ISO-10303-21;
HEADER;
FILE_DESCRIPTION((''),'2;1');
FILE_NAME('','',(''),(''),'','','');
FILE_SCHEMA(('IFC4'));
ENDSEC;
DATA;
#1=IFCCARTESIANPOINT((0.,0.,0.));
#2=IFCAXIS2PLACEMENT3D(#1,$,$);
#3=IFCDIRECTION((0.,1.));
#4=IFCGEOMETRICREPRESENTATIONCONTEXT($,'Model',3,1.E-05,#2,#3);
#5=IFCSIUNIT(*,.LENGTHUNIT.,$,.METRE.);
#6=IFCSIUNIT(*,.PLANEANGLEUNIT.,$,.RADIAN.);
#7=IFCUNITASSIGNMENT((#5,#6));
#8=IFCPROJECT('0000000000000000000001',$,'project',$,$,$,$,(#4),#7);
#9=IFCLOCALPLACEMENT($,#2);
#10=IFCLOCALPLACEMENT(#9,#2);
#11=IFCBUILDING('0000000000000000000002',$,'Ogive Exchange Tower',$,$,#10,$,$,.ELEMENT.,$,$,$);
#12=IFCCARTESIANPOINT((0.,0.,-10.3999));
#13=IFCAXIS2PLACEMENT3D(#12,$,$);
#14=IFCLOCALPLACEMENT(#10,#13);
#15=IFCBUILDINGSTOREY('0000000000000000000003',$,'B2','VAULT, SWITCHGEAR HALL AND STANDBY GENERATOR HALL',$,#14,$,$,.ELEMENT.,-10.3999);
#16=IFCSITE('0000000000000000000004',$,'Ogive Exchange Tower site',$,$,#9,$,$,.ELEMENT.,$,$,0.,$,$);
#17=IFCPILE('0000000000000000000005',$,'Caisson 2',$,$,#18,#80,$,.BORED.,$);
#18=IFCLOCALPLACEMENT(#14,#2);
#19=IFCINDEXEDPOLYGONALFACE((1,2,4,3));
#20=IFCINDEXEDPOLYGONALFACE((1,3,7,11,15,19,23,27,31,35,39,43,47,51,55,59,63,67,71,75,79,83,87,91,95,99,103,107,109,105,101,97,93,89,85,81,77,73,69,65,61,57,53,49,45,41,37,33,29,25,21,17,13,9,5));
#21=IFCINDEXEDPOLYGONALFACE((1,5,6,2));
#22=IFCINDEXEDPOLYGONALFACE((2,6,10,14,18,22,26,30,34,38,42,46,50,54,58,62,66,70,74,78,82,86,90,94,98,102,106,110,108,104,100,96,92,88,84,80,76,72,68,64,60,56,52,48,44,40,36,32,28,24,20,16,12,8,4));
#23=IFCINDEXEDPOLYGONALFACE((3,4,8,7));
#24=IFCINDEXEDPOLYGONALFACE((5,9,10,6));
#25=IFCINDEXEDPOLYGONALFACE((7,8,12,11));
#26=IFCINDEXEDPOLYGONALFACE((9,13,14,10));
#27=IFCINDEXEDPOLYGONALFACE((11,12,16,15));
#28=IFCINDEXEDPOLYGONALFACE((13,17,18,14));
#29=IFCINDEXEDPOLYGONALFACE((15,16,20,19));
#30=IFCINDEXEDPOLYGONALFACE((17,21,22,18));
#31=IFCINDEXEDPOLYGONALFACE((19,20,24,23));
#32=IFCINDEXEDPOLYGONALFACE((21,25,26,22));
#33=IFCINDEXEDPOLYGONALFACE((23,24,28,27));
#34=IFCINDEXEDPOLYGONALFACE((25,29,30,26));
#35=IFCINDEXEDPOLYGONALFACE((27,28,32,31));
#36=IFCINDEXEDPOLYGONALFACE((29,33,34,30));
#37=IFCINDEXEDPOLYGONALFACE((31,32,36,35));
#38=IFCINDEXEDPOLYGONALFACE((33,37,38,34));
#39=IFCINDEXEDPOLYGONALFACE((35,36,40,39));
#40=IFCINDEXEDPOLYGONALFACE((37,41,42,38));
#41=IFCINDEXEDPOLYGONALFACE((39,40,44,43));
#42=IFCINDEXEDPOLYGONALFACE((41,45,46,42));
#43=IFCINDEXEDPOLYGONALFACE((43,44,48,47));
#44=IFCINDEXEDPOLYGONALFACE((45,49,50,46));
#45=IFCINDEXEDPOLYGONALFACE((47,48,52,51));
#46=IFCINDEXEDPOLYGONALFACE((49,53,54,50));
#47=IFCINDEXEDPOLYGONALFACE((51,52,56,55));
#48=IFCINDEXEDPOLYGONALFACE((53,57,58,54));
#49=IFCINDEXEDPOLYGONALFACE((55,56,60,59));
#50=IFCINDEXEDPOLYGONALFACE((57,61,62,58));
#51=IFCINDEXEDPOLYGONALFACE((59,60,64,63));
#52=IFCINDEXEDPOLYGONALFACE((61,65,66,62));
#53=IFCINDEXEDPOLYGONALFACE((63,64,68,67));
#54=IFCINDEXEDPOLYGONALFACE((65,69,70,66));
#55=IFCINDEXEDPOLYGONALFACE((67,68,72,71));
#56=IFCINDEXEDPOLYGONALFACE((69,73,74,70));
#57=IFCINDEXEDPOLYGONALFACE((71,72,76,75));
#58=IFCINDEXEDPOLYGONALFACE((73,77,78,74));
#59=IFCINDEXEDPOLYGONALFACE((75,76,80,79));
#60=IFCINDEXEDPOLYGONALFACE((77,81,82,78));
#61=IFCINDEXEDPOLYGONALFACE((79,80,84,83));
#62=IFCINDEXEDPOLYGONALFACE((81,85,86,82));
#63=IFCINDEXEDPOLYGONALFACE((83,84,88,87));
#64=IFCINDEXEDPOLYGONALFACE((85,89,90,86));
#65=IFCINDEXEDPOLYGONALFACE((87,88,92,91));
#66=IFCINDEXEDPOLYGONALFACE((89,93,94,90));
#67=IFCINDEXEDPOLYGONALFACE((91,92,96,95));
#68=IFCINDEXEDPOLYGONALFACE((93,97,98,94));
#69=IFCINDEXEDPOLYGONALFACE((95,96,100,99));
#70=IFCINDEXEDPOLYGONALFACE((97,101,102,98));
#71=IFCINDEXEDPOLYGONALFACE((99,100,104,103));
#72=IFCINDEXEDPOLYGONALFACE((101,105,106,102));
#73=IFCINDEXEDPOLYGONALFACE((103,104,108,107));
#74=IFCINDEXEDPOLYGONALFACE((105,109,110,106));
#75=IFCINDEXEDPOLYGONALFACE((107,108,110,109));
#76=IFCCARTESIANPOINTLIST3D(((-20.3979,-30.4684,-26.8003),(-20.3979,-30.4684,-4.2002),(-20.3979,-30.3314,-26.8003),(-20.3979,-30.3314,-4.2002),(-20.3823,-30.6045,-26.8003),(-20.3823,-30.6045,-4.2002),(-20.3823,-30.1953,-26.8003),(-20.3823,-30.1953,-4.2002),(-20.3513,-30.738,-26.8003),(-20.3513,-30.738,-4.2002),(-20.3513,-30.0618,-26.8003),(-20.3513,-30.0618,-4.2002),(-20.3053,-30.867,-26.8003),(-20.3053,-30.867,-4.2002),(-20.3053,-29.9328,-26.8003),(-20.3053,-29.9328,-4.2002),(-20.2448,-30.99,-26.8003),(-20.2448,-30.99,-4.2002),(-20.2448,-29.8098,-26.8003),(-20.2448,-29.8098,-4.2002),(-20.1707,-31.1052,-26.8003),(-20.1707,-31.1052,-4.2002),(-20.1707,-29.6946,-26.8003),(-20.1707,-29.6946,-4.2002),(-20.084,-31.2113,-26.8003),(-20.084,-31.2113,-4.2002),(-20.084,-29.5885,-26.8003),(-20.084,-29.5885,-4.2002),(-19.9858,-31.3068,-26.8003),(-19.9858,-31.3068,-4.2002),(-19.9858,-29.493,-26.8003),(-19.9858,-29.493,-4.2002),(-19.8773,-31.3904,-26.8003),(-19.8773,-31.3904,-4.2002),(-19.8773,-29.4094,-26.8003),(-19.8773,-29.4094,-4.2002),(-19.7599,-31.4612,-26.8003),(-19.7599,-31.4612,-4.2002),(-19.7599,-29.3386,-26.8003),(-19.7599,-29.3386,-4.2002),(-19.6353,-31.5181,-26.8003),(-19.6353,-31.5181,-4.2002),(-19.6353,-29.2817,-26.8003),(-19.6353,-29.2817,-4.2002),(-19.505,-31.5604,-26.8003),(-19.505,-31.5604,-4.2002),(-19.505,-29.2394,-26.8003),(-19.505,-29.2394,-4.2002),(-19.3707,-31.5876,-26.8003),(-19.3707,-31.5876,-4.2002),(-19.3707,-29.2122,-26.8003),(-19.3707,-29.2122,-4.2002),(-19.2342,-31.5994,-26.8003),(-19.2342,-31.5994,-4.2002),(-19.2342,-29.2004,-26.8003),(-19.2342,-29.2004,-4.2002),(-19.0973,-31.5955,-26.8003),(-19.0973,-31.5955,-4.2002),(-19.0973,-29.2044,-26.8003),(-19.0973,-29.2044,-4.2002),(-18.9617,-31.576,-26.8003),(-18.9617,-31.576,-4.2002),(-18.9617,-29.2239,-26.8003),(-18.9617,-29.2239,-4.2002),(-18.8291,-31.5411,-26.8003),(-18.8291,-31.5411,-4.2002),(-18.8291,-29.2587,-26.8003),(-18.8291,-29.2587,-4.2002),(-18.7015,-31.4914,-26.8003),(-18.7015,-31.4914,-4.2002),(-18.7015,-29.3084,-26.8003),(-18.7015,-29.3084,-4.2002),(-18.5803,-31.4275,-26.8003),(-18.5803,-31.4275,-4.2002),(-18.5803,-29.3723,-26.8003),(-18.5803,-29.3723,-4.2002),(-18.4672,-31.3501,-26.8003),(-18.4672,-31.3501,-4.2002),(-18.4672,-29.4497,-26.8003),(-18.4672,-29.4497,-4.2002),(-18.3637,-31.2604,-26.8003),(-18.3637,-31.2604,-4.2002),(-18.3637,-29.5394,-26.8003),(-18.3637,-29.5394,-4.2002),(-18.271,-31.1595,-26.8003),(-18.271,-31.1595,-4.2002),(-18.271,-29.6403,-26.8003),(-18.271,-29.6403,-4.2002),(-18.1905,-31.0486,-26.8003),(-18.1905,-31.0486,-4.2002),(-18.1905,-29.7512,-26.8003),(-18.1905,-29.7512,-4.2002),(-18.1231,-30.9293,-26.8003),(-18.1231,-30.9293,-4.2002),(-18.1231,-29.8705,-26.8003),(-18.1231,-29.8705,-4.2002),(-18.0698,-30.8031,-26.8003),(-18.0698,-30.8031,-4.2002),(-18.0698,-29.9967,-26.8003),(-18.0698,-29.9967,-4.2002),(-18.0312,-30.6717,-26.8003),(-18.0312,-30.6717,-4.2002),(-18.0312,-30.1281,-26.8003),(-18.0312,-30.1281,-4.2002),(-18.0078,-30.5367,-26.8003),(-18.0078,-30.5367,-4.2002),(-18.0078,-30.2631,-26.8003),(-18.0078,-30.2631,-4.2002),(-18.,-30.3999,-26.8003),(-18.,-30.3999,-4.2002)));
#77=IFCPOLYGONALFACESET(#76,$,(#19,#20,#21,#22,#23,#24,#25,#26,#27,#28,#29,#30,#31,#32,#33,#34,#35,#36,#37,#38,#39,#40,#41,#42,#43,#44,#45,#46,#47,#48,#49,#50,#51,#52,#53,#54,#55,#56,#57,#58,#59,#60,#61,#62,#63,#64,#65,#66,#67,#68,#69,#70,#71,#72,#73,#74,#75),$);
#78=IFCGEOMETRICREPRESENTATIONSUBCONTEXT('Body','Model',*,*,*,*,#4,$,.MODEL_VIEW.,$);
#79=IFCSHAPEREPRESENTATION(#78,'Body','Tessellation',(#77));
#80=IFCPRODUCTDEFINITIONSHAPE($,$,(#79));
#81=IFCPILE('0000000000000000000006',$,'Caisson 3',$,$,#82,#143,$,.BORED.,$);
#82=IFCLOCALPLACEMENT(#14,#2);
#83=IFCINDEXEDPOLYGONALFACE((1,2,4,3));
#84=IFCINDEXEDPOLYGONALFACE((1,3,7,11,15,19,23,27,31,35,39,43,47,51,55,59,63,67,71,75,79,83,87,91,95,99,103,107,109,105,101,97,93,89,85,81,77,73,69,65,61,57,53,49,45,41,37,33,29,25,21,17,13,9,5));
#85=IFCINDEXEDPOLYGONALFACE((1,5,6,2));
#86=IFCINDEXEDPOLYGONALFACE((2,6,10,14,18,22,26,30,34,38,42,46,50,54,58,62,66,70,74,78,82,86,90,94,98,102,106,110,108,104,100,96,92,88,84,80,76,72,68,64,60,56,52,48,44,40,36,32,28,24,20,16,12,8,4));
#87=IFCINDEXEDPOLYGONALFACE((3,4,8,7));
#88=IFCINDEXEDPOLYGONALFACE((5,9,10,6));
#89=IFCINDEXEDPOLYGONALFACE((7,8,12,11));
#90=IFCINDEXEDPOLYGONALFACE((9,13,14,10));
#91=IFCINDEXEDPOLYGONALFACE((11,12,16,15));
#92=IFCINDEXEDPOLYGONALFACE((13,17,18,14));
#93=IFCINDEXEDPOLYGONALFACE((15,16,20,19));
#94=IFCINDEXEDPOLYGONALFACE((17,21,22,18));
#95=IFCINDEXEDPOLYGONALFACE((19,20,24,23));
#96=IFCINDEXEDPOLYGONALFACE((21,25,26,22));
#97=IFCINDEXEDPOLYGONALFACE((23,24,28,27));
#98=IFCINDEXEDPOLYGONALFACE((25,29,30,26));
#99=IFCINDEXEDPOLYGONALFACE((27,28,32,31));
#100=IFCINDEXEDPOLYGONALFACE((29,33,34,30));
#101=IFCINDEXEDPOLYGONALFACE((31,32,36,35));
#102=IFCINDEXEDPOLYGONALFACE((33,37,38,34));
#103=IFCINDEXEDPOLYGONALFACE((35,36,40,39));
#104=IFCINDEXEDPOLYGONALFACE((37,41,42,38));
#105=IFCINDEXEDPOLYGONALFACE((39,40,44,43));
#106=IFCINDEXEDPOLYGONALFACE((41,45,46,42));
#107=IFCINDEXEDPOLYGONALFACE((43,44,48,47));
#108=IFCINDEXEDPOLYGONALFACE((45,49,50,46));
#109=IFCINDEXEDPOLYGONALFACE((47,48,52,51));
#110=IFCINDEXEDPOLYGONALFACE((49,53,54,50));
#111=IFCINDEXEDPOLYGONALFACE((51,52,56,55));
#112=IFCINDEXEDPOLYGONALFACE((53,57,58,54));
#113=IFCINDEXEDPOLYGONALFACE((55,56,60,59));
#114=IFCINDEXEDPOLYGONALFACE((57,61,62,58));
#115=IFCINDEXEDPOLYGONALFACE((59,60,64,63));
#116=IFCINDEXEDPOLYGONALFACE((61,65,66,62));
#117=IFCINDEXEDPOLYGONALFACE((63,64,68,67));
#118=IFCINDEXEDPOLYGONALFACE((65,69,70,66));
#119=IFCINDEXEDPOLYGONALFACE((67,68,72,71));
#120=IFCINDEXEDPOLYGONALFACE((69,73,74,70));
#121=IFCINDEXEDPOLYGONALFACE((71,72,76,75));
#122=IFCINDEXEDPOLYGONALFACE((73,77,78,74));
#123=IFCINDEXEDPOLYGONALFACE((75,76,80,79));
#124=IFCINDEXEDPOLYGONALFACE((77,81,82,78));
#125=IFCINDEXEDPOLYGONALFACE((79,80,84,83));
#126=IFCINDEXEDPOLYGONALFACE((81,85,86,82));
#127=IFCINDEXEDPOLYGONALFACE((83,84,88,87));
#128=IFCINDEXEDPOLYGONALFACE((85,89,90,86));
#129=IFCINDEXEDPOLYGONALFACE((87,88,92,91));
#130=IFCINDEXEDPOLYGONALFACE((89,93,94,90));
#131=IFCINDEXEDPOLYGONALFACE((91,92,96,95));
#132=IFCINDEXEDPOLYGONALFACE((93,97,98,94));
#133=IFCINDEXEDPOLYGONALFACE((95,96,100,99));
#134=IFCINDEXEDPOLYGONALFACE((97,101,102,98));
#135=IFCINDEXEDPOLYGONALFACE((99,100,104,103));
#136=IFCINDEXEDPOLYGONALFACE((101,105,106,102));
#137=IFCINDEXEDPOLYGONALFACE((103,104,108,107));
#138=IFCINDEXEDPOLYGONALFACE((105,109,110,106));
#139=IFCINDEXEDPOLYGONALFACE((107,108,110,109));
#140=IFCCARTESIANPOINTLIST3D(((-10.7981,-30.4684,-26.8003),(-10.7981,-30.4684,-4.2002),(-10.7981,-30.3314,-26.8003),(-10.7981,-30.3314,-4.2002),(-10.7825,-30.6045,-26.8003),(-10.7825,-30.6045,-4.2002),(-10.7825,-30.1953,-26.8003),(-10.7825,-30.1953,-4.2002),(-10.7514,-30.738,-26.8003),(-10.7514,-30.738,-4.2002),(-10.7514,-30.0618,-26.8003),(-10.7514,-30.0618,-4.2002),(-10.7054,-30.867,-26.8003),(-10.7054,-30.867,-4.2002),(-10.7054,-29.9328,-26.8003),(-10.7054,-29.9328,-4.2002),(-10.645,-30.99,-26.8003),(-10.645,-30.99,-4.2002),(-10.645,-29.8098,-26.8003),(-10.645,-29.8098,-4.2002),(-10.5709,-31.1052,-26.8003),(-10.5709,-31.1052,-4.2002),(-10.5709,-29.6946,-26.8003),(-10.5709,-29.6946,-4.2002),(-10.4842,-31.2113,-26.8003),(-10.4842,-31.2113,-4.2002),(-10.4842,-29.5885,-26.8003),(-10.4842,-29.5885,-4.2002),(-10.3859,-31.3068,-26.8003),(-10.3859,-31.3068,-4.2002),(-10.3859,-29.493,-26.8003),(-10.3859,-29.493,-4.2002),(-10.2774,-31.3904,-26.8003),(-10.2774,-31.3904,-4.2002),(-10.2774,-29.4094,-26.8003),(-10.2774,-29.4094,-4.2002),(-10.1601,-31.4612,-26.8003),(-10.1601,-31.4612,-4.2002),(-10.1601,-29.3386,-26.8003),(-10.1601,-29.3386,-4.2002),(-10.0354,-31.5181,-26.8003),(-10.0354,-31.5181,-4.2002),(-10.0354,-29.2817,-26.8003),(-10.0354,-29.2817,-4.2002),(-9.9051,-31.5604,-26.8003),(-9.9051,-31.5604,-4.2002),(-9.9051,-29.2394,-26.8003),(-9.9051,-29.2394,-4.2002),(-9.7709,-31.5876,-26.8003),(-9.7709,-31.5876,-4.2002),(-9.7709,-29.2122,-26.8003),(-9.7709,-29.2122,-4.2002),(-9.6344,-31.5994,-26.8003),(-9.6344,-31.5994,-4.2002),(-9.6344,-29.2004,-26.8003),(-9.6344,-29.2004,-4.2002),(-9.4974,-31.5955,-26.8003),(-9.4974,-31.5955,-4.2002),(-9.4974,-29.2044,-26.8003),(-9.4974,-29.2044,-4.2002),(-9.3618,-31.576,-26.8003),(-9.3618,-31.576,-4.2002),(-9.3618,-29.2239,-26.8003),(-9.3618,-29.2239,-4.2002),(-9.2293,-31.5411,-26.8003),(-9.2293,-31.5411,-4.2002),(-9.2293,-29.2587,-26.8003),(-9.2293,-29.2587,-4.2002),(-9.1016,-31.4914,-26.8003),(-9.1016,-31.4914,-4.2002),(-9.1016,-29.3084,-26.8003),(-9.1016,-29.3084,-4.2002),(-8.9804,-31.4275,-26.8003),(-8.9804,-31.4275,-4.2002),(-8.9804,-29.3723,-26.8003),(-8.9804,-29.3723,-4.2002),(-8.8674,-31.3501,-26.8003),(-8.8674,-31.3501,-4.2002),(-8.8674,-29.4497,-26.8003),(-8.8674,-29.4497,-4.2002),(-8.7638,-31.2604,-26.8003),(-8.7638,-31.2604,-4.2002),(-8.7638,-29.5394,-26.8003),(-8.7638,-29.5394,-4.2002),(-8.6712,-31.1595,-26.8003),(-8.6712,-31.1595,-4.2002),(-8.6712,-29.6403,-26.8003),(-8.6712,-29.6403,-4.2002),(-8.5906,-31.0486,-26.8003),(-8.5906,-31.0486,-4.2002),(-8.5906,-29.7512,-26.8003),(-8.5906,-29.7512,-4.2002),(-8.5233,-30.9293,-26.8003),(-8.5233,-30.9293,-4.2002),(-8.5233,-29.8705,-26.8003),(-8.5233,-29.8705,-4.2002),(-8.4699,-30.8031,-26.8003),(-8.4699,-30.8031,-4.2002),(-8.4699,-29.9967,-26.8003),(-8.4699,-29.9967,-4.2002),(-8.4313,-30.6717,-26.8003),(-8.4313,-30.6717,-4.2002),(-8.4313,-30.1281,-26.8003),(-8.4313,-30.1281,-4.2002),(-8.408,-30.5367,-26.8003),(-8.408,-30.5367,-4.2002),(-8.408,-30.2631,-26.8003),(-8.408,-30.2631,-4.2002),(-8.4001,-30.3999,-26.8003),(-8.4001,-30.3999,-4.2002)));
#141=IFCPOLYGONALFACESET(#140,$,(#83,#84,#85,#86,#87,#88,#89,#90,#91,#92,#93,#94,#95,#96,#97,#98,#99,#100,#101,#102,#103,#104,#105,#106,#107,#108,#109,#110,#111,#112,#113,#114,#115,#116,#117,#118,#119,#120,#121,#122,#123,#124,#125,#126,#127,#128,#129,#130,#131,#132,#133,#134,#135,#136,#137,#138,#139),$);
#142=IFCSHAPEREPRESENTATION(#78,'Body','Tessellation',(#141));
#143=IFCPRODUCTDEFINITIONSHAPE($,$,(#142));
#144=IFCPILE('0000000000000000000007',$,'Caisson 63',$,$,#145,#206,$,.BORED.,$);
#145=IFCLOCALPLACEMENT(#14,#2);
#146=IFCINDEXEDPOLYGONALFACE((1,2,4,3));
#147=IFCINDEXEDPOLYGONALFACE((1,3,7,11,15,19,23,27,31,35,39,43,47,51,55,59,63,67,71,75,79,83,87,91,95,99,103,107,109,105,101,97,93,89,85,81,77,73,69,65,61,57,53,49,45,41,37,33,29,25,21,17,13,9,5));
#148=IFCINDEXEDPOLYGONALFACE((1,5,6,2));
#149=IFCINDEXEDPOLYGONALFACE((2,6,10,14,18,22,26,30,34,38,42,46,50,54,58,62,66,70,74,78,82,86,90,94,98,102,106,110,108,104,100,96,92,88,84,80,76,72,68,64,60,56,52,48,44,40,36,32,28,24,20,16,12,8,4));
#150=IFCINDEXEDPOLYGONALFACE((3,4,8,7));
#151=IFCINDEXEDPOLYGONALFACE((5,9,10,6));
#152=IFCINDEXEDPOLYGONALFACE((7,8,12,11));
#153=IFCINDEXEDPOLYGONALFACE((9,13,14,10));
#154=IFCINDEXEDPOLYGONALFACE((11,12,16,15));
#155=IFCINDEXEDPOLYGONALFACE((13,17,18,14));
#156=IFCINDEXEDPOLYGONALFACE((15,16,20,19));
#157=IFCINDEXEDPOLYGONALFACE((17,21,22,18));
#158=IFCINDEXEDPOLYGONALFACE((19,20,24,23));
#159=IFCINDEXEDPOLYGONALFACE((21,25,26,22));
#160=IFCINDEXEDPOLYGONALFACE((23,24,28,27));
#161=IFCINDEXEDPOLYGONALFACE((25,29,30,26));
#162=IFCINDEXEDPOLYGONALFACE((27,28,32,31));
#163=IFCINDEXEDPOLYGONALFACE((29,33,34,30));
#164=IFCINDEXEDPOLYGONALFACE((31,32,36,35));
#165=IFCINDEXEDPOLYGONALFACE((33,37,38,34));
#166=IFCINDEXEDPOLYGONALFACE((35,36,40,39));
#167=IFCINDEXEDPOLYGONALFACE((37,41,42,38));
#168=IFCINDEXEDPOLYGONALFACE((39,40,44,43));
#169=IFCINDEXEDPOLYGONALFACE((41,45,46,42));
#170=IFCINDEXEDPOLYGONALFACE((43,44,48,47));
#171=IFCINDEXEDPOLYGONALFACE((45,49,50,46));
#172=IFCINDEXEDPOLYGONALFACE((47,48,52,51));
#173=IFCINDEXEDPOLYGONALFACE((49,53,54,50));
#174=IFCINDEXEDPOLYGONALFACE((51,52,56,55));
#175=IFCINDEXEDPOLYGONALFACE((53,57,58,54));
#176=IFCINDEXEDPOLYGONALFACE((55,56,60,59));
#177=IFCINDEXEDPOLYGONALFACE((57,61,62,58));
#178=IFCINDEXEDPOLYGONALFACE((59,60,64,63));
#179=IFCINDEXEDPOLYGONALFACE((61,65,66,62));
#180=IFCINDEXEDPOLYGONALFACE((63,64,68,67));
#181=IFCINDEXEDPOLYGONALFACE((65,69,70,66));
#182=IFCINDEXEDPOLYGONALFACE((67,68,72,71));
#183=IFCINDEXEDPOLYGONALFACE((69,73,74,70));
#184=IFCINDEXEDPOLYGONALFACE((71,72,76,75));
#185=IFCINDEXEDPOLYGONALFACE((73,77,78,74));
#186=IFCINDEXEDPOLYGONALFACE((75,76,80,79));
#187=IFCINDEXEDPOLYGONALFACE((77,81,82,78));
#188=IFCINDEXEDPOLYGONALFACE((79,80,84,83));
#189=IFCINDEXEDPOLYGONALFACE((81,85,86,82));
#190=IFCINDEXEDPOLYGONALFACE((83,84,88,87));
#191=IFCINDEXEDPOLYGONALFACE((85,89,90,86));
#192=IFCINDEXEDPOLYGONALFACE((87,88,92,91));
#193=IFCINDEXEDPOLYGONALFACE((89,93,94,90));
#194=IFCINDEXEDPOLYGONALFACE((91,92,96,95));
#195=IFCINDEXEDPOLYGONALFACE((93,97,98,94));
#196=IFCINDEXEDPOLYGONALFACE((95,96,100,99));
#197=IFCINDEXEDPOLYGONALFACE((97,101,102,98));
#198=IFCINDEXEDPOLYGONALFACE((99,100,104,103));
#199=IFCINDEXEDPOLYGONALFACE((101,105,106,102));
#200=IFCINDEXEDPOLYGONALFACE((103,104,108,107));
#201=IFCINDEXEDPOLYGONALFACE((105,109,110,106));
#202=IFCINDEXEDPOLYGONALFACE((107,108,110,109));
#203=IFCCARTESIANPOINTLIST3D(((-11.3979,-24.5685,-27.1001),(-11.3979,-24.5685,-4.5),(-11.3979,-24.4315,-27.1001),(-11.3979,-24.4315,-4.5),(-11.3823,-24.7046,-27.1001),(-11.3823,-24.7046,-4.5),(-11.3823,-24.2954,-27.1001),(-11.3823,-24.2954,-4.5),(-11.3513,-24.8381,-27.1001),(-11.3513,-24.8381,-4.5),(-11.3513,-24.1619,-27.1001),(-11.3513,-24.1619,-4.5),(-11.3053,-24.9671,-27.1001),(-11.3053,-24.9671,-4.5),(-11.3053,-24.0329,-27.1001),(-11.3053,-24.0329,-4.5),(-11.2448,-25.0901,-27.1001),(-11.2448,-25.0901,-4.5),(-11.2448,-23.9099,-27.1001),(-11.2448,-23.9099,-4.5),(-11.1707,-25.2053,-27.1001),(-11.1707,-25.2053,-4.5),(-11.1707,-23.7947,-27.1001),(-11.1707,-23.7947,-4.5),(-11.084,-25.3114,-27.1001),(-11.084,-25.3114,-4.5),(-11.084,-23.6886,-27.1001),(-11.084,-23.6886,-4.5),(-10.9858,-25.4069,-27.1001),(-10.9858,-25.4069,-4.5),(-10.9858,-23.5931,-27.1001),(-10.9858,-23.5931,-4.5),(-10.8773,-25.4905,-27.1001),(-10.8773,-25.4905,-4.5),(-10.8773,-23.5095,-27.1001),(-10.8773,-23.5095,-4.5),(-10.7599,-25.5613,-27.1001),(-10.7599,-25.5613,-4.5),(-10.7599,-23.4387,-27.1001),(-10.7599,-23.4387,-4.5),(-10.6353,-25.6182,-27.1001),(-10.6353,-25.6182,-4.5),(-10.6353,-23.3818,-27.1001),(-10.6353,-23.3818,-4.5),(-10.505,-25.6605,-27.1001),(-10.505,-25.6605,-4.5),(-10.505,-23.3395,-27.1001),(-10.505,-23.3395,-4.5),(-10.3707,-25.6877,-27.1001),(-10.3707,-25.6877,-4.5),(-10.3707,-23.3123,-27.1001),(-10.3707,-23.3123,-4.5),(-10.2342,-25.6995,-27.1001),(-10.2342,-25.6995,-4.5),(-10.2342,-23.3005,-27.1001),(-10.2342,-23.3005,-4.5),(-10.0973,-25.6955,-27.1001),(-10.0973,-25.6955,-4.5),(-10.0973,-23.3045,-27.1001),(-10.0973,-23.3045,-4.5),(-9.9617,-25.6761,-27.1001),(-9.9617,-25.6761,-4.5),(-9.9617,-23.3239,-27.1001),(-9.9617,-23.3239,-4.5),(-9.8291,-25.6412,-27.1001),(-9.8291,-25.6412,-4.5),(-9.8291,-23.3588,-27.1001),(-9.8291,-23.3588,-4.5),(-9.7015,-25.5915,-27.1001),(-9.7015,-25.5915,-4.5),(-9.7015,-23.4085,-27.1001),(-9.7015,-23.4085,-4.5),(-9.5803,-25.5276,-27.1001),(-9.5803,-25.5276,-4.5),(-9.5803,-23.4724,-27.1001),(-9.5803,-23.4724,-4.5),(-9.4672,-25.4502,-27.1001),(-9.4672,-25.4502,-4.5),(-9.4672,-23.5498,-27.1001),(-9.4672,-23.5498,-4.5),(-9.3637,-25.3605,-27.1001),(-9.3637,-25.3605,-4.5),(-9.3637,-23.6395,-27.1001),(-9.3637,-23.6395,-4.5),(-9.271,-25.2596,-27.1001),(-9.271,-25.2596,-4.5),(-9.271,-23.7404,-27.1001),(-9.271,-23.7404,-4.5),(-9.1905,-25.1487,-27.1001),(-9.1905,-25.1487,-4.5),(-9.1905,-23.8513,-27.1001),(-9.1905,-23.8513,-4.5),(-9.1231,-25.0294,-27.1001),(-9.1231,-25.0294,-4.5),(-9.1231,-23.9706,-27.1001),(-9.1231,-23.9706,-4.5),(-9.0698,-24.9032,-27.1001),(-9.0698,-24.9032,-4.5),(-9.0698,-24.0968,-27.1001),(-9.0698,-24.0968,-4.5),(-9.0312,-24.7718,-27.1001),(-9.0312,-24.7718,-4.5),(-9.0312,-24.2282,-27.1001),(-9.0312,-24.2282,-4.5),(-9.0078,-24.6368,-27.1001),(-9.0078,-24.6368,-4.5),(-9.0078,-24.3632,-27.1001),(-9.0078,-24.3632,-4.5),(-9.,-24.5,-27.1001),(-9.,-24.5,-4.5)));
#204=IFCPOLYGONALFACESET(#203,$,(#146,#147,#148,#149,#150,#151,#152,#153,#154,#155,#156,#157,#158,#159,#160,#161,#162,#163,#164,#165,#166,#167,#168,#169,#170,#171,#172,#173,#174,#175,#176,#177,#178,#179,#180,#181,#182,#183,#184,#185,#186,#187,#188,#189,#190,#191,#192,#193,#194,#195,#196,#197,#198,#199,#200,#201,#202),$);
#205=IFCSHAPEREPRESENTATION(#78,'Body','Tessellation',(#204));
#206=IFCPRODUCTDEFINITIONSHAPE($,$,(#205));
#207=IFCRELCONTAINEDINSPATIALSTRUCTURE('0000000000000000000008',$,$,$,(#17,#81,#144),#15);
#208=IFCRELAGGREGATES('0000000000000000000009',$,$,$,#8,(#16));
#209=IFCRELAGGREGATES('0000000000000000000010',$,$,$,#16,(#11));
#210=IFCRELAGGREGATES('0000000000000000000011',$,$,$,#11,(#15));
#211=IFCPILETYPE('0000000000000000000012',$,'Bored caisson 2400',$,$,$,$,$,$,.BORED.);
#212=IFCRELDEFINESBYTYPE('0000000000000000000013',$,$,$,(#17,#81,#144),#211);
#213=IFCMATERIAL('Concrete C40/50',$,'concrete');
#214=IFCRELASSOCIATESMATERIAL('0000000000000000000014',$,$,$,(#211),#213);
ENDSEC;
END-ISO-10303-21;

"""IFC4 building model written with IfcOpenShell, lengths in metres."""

from ifc_helpers import new_model, si_unit, direction, frame, origin, origin_2d, place, context, subcontext, project, spatial, circle, extrude, material, material_profile, profile_set, type_object, element, save


model = new_model("IFC4")

# Units and contexts
model_context = context("Model", 3, precision=1e-05, world=origin(), true_north=direction((0.0, 1.0)))
body_context = subcontext(model_context, "Body", "Model", "MODEL_VIEW")
ifc_project = project(units=[si_unit("LENGTHUNIT", "METRE"), si_unit("PLANEANGLEUNIT", "RADIAN")], contexts=[model_context])

# Site, building, storey
site_placement = place(None, origin())
site = spatial("IfcSite", under=ifc_project, at=site_placement, Name="Ogive Exchange Tower site", CompositionType="ELEMENT", RefElevation=0.0)
building_placement = place(site_placement, origin())
building = spatial("IfcBuilding", under=site, at=building_placement, Name="Ogive Exchange Tower", CompositionType="ELEMENT")
storey_placement = place(building_placement, frame((0.0, 0.0, -10.3999)))
storey = spatial("IfcBuildingStorey", under=building, at=storey_placement, Name="B2", Description="VAULT, SWITCHGEAR HALL AND STANDBY GENERATOR HALL", CompositionType="ELEMENT", Elevation=-10.3999)

# Piles
ifc_material_1 = material(Name="Concrete C40/50", Category="concrete")
ifc_material_profile_1 = material_profile(ifc_material_1, circle(Radius=1.2, at=origin_2d()), Name="RC caisson 2400")
ifc_profile_set_1 = profile_set([ifc_material_profile_1], Name="Concrete C40/50")
pile_type = type_object("IfcPileType", Name="Bored caisson 2400", PredefinedType="BORED", material=ifc_profile_set_1)
for number, where, z_axis, x_axis, name in (
    (1, (-19.2, -30.3999, -4.2002), (0.0, 0.0, -1.0), (1.0, 0.0, 0.0), "Caisson 2"),
    (2, (-9.6001, -30.3999, -4.2002), (0.0, 0.0, -1.0), (1.0, 0.0, 0.0), "Caisson 3"),
    (3, (-10.2, -24.5, -4.5), (0.0, 0.0, -1.0), (1.0, 0.0, 0.0), "Caisson 63"),
):
    element("IfcPile", number, at=place(storey_placement, frame(where, z_axis=z_axis, x_axis=x_axis)), inside=storey, type_object=pile_type, Name=name, PredefinedType="BORED", context=body_context, shape_type="SweptSolid", body=[
        extrude(circle(Radius=1.2, at=origin_2d()), origin(), (0.0, 0.0, 1.0), 22.6001),
    ])

save(model, "model.ifc")
